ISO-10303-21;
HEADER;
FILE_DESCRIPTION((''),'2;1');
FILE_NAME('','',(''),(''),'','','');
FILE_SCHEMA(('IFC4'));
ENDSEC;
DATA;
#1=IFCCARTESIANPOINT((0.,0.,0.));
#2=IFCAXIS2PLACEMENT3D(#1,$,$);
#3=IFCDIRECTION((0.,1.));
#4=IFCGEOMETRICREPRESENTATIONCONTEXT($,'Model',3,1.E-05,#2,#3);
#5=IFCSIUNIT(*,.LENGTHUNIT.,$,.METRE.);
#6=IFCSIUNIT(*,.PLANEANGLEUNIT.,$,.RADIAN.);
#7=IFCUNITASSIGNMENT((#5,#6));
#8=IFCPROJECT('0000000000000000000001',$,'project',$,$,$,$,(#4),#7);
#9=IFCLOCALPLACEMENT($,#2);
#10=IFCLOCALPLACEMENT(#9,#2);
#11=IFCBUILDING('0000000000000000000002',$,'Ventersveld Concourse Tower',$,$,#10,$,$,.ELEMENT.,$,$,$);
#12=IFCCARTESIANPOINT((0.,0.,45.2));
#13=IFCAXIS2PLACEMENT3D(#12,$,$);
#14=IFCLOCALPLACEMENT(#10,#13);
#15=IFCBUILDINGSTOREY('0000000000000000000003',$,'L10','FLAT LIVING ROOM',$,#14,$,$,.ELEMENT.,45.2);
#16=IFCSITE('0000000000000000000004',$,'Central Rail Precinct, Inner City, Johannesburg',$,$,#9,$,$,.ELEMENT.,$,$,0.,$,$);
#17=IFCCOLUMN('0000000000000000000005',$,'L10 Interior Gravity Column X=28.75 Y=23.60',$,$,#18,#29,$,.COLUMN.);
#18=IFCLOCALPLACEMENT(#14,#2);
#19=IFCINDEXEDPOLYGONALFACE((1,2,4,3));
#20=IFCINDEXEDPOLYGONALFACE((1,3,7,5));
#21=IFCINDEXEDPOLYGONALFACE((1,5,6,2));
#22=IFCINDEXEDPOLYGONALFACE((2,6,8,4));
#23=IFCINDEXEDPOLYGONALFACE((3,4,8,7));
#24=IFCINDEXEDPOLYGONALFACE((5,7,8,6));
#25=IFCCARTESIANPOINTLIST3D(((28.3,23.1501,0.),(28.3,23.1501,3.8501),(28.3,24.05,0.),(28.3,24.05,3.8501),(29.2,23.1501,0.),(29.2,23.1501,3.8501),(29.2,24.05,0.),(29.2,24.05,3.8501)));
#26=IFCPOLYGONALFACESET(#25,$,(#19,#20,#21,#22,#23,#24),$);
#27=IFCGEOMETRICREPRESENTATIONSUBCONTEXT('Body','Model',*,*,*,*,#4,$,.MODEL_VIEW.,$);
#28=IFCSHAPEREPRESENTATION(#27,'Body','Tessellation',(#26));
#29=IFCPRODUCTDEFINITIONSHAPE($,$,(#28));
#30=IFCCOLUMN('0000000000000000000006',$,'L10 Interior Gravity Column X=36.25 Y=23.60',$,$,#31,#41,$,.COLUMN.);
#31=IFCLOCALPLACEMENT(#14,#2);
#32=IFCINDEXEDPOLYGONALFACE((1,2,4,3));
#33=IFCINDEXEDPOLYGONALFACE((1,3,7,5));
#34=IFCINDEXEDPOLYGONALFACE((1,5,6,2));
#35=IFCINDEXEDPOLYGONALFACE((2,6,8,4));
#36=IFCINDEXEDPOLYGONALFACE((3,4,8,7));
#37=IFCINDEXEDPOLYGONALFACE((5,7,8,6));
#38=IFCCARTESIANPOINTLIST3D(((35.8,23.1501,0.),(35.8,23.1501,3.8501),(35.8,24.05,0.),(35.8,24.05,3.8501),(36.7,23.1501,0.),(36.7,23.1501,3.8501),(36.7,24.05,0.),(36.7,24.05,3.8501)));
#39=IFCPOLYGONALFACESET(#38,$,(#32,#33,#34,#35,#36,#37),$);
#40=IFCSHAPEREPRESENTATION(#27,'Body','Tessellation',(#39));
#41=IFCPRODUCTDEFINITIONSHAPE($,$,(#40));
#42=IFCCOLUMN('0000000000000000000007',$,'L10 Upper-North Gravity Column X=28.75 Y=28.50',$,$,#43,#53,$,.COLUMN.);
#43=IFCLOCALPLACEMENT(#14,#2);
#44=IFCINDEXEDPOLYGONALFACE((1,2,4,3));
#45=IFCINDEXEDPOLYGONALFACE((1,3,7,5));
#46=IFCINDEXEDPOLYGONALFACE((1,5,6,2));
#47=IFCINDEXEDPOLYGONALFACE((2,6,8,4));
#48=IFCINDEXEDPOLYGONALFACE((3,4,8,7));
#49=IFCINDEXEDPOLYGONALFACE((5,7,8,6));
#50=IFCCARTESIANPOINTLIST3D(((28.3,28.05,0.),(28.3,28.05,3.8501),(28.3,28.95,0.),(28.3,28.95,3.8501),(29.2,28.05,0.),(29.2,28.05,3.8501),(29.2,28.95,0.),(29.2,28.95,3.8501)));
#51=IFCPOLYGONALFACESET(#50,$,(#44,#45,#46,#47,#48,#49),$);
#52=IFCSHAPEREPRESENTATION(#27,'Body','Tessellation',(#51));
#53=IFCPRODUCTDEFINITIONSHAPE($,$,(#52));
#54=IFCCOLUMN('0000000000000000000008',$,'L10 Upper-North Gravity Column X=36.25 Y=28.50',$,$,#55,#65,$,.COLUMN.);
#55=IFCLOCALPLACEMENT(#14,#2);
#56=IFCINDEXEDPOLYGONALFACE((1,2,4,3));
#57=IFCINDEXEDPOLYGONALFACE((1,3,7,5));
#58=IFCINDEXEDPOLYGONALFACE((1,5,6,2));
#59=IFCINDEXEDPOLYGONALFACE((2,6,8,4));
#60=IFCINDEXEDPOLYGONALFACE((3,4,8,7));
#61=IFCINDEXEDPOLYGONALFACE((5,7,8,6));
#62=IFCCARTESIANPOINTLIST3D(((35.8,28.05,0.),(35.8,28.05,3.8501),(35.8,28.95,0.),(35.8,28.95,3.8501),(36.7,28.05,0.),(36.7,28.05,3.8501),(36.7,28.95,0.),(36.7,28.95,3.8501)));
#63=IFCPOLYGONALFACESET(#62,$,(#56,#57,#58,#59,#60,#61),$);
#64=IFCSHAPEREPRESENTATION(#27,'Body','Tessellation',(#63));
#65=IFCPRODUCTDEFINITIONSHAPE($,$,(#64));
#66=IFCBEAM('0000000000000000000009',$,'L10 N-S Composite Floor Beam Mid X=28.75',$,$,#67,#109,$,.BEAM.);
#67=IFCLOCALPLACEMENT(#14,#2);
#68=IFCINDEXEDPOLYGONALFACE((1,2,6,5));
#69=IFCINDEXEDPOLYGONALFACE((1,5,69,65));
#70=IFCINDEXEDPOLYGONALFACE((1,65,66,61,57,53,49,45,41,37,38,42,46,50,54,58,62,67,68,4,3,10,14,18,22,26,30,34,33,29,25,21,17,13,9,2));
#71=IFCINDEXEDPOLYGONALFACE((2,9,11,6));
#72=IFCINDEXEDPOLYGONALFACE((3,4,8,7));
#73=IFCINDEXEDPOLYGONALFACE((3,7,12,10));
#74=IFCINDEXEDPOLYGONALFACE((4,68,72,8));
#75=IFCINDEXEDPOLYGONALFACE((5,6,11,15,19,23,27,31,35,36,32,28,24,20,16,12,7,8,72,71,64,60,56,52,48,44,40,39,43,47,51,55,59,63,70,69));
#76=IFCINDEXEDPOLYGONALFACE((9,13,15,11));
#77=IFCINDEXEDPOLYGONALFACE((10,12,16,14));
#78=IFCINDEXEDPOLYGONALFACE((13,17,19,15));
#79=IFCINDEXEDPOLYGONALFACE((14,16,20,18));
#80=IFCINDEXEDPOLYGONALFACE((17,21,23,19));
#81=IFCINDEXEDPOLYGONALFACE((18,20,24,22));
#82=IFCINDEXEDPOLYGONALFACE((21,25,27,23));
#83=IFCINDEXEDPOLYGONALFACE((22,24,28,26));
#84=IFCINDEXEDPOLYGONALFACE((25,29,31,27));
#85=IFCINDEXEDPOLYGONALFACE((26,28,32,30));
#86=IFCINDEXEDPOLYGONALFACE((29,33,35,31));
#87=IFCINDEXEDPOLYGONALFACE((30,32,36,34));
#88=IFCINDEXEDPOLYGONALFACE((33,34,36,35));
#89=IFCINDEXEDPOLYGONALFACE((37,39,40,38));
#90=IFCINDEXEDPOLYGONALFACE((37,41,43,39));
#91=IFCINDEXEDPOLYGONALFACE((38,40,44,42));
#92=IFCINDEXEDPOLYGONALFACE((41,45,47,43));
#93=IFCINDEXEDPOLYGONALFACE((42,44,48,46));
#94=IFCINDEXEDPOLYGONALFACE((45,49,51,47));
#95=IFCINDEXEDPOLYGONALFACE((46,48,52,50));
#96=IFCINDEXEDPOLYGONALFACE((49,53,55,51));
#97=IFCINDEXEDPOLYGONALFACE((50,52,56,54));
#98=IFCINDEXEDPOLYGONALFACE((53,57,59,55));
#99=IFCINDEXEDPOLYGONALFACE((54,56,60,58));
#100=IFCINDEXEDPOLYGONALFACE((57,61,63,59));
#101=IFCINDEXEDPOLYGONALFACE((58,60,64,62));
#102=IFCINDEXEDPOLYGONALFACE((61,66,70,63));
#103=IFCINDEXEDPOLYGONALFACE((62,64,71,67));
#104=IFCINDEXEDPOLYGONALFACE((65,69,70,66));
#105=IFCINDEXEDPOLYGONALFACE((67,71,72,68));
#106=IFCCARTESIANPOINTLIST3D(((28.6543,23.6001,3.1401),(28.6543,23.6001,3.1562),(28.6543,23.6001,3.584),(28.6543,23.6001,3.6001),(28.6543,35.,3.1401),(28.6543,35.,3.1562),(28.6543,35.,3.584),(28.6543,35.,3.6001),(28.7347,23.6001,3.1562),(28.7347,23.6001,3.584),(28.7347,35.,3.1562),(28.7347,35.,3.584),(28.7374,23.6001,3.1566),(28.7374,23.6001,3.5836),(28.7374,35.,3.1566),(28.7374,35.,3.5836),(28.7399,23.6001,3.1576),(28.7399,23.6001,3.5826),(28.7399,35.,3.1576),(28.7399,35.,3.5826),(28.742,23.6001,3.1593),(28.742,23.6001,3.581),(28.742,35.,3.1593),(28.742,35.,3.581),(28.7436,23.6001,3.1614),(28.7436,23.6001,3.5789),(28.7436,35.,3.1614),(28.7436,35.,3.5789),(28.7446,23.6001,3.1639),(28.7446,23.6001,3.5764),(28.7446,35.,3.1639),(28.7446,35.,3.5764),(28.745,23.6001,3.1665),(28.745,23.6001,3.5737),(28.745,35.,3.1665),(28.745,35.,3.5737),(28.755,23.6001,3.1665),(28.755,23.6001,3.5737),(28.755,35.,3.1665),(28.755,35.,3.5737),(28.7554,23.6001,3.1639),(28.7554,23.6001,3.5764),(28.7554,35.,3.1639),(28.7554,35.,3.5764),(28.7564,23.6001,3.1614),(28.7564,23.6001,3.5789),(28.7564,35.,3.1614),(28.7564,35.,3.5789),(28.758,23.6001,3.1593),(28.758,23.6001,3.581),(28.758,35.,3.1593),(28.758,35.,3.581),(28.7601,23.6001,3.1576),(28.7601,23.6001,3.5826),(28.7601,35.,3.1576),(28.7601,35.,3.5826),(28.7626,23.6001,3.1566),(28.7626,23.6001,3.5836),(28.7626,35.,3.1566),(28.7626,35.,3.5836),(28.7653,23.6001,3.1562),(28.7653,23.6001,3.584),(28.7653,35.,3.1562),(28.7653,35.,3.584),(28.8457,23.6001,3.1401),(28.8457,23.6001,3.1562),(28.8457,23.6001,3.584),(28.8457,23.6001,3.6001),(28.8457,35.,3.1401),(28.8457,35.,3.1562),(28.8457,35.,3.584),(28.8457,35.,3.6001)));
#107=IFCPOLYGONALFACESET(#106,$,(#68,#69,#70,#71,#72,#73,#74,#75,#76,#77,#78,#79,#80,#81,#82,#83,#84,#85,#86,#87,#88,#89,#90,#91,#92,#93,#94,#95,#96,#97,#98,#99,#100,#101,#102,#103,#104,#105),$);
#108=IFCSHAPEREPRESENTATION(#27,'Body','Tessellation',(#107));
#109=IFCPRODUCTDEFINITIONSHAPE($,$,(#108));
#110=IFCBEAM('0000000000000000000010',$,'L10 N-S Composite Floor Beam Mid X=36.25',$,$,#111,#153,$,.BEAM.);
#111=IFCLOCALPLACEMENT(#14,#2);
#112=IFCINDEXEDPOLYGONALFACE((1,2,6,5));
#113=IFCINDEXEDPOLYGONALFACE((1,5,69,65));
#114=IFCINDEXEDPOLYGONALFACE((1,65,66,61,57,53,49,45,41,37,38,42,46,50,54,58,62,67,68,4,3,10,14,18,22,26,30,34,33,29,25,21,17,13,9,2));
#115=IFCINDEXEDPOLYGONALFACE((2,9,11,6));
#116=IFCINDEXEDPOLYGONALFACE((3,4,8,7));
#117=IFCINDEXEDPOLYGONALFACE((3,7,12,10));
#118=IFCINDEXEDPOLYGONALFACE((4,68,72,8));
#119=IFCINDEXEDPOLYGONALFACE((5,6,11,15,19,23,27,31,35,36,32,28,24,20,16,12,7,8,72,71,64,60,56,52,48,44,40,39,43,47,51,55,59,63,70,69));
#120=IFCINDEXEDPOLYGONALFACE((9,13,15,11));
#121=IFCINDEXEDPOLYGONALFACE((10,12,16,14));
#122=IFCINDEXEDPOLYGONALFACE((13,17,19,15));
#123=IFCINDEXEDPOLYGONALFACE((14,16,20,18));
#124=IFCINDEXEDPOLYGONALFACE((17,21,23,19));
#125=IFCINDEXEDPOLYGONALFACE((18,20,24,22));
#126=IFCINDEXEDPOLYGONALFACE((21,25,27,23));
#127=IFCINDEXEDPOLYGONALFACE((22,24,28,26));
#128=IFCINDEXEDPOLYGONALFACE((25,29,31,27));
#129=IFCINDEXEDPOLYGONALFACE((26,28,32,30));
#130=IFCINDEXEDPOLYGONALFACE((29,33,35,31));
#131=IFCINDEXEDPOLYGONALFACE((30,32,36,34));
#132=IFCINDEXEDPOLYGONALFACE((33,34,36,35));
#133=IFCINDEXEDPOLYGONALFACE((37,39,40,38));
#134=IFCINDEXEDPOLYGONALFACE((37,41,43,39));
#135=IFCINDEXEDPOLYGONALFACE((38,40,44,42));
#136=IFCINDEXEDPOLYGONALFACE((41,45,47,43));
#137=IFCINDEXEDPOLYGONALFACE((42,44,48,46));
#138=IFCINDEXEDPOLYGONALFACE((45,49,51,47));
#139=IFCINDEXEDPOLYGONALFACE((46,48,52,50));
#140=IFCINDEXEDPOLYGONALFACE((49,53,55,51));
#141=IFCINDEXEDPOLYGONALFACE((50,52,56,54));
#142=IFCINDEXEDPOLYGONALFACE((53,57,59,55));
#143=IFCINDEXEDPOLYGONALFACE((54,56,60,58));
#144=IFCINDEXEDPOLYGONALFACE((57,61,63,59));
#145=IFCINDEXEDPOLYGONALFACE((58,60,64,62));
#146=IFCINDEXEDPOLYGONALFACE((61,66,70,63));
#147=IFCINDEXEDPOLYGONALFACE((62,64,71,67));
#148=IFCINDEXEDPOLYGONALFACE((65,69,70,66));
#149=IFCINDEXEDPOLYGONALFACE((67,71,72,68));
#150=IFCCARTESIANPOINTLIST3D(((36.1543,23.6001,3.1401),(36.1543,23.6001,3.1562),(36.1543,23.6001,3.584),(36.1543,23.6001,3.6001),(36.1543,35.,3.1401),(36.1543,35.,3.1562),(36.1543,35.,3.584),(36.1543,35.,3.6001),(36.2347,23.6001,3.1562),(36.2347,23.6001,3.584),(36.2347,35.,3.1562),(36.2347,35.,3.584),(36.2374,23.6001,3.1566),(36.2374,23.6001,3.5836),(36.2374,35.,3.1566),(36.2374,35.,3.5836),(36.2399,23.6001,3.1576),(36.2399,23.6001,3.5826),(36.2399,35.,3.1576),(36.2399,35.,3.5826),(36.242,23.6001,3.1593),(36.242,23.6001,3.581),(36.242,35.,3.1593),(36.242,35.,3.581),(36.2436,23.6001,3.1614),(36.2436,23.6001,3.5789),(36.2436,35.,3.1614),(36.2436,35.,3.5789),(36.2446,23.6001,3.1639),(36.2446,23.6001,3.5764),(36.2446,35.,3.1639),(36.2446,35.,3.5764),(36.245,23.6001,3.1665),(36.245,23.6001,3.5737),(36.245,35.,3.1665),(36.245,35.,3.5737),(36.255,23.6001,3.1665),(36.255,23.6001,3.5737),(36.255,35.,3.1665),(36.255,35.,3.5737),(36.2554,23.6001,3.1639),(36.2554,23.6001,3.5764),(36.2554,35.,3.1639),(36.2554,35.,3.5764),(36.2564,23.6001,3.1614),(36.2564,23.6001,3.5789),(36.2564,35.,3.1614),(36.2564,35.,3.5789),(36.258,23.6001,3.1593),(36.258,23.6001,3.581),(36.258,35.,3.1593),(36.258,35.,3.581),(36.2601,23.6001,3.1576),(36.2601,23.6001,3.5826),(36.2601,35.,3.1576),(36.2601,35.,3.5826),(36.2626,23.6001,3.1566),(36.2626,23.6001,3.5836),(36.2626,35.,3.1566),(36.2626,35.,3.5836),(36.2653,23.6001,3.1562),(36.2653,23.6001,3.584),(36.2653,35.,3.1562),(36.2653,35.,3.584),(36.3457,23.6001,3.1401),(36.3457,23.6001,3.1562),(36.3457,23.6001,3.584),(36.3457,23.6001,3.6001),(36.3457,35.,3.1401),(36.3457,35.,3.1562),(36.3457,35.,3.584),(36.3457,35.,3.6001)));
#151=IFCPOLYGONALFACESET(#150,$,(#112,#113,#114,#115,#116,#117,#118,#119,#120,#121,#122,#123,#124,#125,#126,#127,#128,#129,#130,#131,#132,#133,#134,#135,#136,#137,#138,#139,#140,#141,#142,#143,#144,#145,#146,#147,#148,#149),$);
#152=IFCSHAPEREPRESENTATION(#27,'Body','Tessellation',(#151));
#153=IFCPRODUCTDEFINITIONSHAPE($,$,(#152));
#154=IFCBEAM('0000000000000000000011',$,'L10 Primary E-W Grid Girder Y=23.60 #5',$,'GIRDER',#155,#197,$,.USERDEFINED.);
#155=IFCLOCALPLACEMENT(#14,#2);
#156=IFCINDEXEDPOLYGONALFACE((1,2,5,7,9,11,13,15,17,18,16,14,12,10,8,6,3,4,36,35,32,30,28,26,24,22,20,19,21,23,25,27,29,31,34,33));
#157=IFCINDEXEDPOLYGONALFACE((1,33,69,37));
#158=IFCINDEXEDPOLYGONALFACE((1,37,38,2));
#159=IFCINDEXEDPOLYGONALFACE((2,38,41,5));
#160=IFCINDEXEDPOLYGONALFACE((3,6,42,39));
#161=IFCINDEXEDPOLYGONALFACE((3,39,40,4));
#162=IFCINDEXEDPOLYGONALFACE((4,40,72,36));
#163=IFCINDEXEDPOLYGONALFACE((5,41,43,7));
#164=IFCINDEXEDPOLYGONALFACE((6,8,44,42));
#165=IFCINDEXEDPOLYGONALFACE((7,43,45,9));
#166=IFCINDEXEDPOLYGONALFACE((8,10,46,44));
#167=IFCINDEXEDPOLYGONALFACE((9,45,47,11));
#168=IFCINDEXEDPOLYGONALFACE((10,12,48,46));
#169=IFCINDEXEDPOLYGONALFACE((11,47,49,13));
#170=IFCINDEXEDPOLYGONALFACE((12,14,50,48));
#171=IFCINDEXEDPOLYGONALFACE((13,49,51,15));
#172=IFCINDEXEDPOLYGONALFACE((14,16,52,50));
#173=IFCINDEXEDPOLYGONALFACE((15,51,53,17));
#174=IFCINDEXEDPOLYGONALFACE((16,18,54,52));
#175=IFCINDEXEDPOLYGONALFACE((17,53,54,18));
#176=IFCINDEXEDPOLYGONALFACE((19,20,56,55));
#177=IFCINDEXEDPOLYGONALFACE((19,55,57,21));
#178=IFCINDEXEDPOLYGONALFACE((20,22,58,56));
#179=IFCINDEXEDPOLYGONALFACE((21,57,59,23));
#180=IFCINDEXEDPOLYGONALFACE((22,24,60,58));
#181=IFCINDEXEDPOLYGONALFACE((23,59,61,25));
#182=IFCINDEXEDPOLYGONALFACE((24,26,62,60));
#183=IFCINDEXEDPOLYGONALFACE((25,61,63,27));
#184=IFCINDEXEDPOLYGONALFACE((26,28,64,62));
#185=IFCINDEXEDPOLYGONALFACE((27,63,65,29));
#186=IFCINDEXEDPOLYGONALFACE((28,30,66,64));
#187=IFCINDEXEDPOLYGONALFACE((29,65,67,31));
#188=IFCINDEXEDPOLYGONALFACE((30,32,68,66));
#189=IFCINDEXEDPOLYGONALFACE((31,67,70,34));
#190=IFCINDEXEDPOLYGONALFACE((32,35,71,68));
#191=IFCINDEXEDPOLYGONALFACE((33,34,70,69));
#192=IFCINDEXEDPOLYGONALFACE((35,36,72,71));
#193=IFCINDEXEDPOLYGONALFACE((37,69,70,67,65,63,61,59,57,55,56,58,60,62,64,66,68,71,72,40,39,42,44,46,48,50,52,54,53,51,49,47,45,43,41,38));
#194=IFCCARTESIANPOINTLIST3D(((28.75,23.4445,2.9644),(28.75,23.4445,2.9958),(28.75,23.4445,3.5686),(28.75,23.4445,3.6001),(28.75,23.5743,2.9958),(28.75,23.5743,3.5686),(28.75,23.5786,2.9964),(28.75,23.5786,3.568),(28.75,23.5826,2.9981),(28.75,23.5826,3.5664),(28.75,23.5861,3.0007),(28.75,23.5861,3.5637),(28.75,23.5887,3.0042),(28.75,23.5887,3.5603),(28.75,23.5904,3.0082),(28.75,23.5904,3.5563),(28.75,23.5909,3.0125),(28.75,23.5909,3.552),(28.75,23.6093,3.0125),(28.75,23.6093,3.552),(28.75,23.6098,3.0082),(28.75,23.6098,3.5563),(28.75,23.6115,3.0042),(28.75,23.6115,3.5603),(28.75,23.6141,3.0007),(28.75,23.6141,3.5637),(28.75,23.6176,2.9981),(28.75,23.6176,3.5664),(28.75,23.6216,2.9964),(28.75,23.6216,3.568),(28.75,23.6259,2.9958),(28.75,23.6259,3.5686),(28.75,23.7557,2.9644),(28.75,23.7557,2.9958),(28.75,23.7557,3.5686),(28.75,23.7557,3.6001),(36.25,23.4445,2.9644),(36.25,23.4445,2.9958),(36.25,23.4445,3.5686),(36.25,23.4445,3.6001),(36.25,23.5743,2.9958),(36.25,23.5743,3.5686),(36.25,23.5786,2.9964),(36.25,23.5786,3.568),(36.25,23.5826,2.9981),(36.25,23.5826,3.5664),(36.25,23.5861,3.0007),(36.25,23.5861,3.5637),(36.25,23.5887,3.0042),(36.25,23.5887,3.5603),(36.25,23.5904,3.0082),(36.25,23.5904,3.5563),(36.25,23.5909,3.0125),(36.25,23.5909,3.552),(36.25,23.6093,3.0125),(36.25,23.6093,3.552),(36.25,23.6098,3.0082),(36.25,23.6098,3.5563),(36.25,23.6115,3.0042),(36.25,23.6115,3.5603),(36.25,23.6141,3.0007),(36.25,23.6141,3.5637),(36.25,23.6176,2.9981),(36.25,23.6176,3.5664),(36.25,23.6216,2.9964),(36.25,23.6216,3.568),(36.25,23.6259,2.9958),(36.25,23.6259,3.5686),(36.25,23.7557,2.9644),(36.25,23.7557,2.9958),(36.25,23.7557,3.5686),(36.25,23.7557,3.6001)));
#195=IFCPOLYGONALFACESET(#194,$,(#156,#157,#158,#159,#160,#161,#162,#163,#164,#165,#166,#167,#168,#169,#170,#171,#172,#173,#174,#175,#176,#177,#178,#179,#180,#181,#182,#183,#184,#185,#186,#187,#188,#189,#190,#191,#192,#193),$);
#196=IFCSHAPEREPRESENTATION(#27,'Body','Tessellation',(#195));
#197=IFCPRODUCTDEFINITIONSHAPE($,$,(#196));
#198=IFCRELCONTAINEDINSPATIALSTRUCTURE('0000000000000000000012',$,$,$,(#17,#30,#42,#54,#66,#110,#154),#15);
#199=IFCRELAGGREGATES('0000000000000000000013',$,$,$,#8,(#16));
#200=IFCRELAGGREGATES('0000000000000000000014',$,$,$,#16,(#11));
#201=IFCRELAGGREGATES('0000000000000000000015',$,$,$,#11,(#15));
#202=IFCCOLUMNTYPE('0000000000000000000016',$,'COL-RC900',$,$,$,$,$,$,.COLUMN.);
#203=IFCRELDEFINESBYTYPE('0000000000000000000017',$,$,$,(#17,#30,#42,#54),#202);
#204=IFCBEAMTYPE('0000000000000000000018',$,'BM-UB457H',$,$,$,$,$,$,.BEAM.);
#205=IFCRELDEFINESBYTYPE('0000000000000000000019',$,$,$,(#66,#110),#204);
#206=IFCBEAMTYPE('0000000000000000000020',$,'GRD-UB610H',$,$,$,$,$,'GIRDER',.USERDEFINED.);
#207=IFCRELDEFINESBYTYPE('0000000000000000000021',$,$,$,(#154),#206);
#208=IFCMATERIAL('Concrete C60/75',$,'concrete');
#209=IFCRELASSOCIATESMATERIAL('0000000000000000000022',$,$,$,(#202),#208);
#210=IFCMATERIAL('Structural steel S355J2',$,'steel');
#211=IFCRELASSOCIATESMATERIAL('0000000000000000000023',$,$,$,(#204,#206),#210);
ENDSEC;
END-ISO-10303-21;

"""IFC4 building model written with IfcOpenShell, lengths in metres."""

from ifc_helpers import new_model, si_unit, direction, frame, origin, origin_2d, place, context, subcontext, project, spatial, rectangle, i_section, extrude, material, material_profile, profile_set, type_object, element, save


model = new_model("IFC4")

# Units and contexts
model_context = context("Model", 3, precision=1e-05, world=origin(), true_north=direction((0.0, 1.0)))
body_context = subcontext(model_context, "Body", "Model", "MODEL_VIEW")
ifc_project = project(units=[si_unit("LENGTHUNIT", "METRE"), si_unit("PLANEANGLEUNIT", "RADIAN")], contexts=[model_context])

# Site, building, storey
site_placement = place(None, origin())
site = spatial("IfcSite", under=ifc_project, at=site_placement, Name="Central Rail Precinct, Inner City, Johannesburg", CompositionType="ELEMENT", RefElevation=0.0)
building_placement = place(site_placement, origin())
building = spatial("IfcBuilding", under=site, at=building_placement, Name="Ventersveld Concourse Tower", CompositionType="ELEMENT")
storey_placement = place(building_placement, frame((0.0, 0.0, 45.2)))
storey = spatial("IfcBuildingStorey", under=building, at=storey_placement, Name="L10", Description="FLAT LIVING ROOM", CompositionType="ELEMENT", Elevation=45.2)

# Columns
ifc_material_1 = material(Name="Concrete C60/75", Category="concrete")
ifc_material_profile_1 = material_profile(ifc_material_1, rectangle(XDim=0.8999, YDim=0.8999, at=origin_2d()), Name="RC 900x900")
ifc_profile_set_1 = profile_set([ifc_material_profile_1], Name="Concrete C60/75")
column_type = type_object("IfcColumnType", Name="COL-RC900", PredefinedType="COLUMN", material=ifc_profile_set_1)
for number, where, z_axis, x_axis, name in (
    (1, (28.75, 23.6001, 0.0), (0.0, 0.0, 1.0), (1.0, 0.0, 0.0), "L10 Interior Gravity Column X=28.75 Y=23.60"),
    (2, (36.25, 23.6001, 0.0), (0.0, 0.0, 1.0), (1.0, 0.0, 0.0), "L10 Interior Gravity Column X=36.25 Y=23.60"),
    (3, (28.75, 28.5, 0.0), (0.0, 0.0, 1.0), (1.0, 0.0, 0.0), "L10 Upper-North Gravity Column X=28.75 Y=28.50"),
    (4, (36.25, 28.5, 0.0), (0.0, 0.0, 1.0), (1.0, 0.0, 0.0), "L10 Upper-North Gravity Column X=36.25 Y=28.50"),
):
    element("IfcColumn", number, at=place(storey_placement, frame(where, z_axis=z_axis, x_axis=x_axis)), inside=storey, type_object=column_type, Name=name, PredefinedType="COLUMN", context=body_context, shape_type="SweptSolid", body=[
        extrude(rectangle(XDim=0.8999, YDim=0.8999, at=origin_2d()), origin(), (0.0, 0.0, 1.0), 3.8501),
    ])

# Beams
ifc_material_2 = material(Name="Structural steel S355J2", Category="steel")
ifc_material_profile_2 = material_profile(ifc_material_2, i_section(OverallWidth=0.1914, OverallDepth=0.46, WebThickness=0.01, FlangeThickness=0.0161, FilletRadius=0.0103, at=origin_2d()), Name="UB 457x191x82")
ifc_profile_set_2 = profile_set([ifc_material_profile_2], Name="Structural steel S355J2")
beam_type_1 = type_object("IfcBeamType", Name="BM-UB457H", PredefinedType="BEAM", material=ifc_profile_set_2)
for number, where, z_axis, x_axis, name in (
    (5, (28.75, 23.6001, 3.3701), (0.0, 1.0, 0.0), (-1.0, 0.0, 0.0), "L10 N-S Composite Floor Beam Mid X=28.75"),
    (6, (36.25, 23.6001, 3.3701), (0.0, 1.0, 0.0), (-1.0, 0.0, 0.0), "L10 N-S Composite Floor Beam Mid X=36.25"),
):
    element("IfcBeam", number, at=place(storey_placement, frame(where, z_axis=z_axis, x_axis=x_axis)), inside=storey, type_object=beam_type_1, Name=name, PredefinedType="BEAM", context=body_context, shape_type="SweptSolid", body=[
        extrude(i_section(OverallWidth=0.1914, OverallDepth=0.46, WebThickness=0.01, FlangeThickness=0.0161, FilletRadius=0.0103, at=origin_2d()), origin(), (0.0, 0.0, 1.0), 11.3999),
    ])
ifc_material_profile_3 = material_profile(ifc_material_2, i_section(OverallWidth=0.3113, OverallDepth=0.6357, WebThickness=0.0183, FlangeThickness=0.0315, FilletRadius=0.0166, at=origin_2d()), Name="UB 610x305x238")
ifc_profile_set_3 = profile_set([ifc_material_profile_3], Name="Structural steel S355J2")
beam_type_2 = type_object("IfcBeamType", Name="GRD-UB610H", ElementType="GIRDER", PredefinedType="USERDEFINED", material=ifc_profile_set_3)
for number, where, z_axis, x_axis, name in (
    (7, (28.75, 23.6001, 3.2822), (1.0, 0.0, 0.0), (0.0, 1.0, 0.0), "L10 Primary E-W Grid Girder Y=23.60 #5"),
):
    element("IfcBeam", number, at=place(storey_placement, frame(where, z_axis=z_axis, x_axis=x_axis)), inside=storey, type_object=beam_type_2, Name=name, ObjectType="GIRDER", PredefinedType="USERDEFINED", context=body_context, shape_type="SweptSolid", body=[
        extrude(i_section(OverallWidth=0.3113, OverallDepth=0.6357, WebThickness=0.0183, FlangeThickness=0.0315, FilletRadius=0.0166, at=origin_2d()), origin(), (0.0, 0.0, 1.0), 7.5),
    ])

save(model, "model.ifc")
